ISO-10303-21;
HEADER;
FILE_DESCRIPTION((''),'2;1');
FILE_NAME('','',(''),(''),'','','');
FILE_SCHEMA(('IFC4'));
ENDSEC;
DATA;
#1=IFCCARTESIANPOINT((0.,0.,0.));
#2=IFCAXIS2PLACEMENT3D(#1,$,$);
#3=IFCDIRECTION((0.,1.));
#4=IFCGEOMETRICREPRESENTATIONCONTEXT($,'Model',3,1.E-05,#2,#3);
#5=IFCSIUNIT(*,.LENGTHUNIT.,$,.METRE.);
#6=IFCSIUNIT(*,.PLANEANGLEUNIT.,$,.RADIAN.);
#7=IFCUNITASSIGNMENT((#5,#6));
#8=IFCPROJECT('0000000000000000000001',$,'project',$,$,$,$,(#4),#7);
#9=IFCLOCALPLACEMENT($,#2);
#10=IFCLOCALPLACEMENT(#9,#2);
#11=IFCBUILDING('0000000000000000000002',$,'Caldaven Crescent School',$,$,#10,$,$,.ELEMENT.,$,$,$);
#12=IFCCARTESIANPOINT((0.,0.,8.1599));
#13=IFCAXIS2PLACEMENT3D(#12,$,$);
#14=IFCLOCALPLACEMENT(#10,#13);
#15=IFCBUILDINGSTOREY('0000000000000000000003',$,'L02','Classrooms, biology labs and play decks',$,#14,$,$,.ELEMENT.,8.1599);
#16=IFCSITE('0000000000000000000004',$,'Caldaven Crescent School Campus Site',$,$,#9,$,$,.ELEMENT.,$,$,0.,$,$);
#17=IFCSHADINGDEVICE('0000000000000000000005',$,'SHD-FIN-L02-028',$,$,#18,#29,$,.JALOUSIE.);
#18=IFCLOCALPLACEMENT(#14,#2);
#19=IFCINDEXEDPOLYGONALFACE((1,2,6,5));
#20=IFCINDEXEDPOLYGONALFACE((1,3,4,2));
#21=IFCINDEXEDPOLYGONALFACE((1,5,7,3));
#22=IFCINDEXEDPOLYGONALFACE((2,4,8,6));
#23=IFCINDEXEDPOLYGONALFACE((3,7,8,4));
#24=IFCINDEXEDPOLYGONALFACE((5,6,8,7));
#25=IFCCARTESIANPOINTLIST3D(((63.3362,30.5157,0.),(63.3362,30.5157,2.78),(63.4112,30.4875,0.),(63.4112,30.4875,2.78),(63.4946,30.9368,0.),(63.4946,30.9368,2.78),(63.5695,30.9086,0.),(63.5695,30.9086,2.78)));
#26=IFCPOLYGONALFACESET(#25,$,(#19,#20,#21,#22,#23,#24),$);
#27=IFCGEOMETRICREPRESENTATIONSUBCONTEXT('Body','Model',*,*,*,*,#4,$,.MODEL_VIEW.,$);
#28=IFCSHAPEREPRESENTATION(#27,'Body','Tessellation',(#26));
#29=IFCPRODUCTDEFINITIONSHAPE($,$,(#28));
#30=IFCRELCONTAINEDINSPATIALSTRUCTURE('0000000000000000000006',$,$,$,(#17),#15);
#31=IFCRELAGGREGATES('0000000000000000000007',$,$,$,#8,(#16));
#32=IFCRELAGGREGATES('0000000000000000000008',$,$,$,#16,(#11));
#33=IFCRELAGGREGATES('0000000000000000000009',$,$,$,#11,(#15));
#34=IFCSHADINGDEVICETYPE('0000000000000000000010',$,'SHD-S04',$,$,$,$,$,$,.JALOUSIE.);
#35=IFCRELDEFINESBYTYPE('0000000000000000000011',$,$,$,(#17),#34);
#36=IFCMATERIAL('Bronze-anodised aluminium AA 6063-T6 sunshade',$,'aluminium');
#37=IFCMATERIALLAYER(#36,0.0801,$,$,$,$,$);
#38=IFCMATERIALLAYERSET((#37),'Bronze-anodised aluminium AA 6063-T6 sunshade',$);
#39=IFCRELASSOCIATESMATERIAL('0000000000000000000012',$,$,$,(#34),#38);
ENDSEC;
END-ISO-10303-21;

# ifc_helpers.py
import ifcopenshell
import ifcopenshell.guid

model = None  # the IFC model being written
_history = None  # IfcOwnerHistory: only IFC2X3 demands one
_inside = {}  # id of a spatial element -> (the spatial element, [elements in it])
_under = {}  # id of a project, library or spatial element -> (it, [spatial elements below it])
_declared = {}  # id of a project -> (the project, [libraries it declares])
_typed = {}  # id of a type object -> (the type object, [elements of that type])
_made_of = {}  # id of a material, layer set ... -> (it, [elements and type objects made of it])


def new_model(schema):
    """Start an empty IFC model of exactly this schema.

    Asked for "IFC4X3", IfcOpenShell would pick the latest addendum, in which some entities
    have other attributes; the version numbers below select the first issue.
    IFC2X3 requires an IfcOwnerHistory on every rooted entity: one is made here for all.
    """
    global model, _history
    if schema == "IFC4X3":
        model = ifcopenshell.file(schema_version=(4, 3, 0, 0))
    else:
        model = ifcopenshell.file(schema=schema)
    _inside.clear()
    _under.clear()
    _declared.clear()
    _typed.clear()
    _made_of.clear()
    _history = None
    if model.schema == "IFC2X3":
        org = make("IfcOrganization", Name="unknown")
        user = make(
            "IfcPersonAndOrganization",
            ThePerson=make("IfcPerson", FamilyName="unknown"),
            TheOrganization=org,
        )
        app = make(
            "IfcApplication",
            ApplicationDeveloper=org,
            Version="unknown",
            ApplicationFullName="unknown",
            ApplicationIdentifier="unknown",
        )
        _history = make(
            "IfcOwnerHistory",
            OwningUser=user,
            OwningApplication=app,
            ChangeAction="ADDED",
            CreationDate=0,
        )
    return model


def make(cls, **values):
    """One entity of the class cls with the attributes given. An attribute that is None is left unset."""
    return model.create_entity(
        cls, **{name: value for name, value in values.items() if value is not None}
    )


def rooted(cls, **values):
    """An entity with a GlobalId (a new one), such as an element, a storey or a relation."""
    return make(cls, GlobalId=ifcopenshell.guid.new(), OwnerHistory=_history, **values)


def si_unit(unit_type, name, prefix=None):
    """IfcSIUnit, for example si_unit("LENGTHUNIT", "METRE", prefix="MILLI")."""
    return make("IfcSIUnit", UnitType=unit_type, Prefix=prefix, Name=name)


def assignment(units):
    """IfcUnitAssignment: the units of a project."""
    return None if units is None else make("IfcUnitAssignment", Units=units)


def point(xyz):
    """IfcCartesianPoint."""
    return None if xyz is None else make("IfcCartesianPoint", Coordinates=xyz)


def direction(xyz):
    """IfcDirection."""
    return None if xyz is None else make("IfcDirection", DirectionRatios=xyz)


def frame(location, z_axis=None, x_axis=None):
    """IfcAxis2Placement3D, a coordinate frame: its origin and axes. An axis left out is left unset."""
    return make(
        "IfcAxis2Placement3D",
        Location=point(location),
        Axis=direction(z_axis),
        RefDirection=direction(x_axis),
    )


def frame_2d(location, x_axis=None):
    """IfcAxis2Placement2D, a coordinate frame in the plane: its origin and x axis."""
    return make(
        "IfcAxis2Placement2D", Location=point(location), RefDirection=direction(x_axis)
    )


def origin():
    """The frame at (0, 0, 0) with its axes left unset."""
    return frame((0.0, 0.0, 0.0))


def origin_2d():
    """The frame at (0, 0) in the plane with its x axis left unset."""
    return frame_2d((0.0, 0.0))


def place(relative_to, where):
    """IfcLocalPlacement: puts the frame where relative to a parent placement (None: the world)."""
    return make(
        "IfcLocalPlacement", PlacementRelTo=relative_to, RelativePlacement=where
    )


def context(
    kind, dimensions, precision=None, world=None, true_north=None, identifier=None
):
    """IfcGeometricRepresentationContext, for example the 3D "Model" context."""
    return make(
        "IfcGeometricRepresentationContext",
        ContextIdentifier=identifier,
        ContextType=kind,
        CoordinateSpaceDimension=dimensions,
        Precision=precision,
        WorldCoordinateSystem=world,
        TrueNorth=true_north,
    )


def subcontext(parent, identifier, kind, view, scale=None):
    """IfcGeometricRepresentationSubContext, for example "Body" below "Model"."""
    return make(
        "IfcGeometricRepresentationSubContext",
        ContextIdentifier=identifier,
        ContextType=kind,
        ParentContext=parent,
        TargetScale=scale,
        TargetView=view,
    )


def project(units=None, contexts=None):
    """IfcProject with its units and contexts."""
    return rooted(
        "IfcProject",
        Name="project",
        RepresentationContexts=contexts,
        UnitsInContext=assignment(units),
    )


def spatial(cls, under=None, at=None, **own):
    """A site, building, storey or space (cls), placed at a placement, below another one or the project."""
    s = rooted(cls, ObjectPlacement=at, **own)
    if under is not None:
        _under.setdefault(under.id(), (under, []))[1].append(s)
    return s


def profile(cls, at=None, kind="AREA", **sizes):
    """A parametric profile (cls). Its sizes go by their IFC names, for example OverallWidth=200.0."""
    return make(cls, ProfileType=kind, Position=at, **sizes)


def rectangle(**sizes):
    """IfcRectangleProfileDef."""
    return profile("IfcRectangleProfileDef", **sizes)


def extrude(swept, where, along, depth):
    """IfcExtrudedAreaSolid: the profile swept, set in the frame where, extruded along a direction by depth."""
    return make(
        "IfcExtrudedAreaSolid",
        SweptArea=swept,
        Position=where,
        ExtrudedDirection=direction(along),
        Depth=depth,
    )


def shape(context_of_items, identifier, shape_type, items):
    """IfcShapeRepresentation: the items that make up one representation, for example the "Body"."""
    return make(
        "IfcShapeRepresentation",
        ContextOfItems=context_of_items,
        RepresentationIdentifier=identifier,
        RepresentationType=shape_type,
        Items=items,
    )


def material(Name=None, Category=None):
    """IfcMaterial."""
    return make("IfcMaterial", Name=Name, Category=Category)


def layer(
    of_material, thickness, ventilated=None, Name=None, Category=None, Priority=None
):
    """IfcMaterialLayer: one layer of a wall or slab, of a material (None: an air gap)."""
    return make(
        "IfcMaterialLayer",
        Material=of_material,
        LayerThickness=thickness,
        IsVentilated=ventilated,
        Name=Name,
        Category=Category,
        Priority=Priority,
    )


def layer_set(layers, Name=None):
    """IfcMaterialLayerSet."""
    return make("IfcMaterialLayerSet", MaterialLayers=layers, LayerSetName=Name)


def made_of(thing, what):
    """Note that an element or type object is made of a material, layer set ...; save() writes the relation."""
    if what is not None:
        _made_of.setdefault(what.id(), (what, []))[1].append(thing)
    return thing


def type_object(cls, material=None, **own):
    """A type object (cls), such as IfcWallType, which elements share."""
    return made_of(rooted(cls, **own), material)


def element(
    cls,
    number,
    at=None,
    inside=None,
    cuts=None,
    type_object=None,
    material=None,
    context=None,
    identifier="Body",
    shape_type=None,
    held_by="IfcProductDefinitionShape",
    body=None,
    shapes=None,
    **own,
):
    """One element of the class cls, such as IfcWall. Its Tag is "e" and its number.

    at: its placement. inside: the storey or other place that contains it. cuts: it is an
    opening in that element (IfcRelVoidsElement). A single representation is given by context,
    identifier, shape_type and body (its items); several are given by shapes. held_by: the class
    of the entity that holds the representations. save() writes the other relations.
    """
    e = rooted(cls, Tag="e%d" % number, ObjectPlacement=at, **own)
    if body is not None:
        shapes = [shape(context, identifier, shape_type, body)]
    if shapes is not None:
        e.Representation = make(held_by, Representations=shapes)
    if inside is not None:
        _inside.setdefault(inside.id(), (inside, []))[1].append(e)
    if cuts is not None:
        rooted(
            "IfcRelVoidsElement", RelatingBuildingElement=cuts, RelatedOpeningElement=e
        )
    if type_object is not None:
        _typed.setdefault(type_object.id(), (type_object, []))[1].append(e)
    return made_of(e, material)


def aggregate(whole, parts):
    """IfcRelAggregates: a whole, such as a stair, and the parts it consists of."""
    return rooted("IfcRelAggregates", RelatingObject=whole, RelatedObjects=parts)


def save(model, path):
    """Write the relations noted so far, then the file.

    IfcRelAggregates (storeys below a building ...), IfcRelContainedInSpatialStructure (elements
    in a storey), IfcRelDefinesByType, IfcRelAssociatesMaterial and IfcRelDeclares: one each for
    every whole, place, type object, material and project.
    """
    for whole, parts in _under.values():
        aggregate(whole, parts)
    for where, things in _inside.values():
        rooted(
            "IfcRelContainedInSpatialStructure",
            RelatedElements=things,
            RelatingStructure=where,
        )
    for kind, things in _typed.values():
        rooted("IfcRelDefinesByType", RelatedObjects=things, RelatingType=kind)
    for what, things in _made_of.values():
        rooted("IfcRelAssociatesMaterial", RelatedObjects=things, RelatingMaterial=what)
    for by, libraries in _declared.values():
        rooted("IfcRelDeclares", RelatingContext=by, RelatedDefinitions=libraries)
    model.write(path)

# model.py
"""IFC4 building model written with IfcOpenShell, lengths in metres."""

from ifc_helpers import new_model, si_unit, direction, frame, origin, origin_2d, place, context, subcontext, project, spatial, rectangle, extrude, material, layer, layer_set, type_object, element, save


model = new_model("IFC4")

# Units and contexts
model_context = context("Model", 3, precision=1e-05, world=origin(), true_north=direction((0.0, 1.0)))
body_context = subcontext(model_context, "Body", "Model", "MODEL_VIEW")
ifc_project = project(units=[si_unit("LENGTHUNIT", "METRE"), si_unit("PLANEANGLEUNIT", "RADIAN")], contexts=[model_context])

# Site, building, storey
site_placement = place(None, origin())
site = spatial("IfcSite", under=ifc_project, at=site_placement, Name="Caldaven Crescent School Campus Site", CompositionType="ELEMENT", RefElevation=0.0)
building_placement = place(site_placement, origin())
building = spatial("IfcBuilding", under=site, at=building_placement, Name="Caldaven Crescent School", CompositionType="ELEMENT")
storey_placement = place(building_placement, frame((0.0, 0.0, 8.1599)))
storey = spatial("IfcBuildingStorey", under=building, at=storey_placement, Name="L02", Description="Classrooms, biology labs and play decks", CompositionType="ELEMENT", Elevation=8.1599)

# Shading device
ifc_material_1 = material(Name="Bronze-anodised aluminium AA 6063-T6 sunshade", Category="aluminium")
ifc_layer_1 = layer(ifc_material_1, 0.0801)
ifc_layer_set_1 = layer_set([ifc_layer_1], Name="Bronze-anodised aluminium AA 6063-T6 sunshade")
shading_device_type = type_object("IfcShadingDeviceType", Name="SHD-S04", PredefinedType="JALOUSIE", material=ifc_layer_set_1)
shading_device_placement = place(storey_placement, frame((63.4529, 30.7122, 0.0), z_axis=(0.0, 0.0, 1.0), x_axis=(-0.352005, -0.935998, 0.0)))
element("IfcShadingDevice", 1, at=shading_device_placement, inside=storey, type_object=shading_device_type, Name="SHD-FIN-L02-028", PredefinedType="JALOUSIE", context=body_context, shape_type="SweptSolid", body=[
    extrude(rectangle(XDim=0.45, YDim=0.0801, at=origin_2d()), origin(), (0.0, 0.0, 1.0), 2.78),
])

save(model, "model.ifc")
